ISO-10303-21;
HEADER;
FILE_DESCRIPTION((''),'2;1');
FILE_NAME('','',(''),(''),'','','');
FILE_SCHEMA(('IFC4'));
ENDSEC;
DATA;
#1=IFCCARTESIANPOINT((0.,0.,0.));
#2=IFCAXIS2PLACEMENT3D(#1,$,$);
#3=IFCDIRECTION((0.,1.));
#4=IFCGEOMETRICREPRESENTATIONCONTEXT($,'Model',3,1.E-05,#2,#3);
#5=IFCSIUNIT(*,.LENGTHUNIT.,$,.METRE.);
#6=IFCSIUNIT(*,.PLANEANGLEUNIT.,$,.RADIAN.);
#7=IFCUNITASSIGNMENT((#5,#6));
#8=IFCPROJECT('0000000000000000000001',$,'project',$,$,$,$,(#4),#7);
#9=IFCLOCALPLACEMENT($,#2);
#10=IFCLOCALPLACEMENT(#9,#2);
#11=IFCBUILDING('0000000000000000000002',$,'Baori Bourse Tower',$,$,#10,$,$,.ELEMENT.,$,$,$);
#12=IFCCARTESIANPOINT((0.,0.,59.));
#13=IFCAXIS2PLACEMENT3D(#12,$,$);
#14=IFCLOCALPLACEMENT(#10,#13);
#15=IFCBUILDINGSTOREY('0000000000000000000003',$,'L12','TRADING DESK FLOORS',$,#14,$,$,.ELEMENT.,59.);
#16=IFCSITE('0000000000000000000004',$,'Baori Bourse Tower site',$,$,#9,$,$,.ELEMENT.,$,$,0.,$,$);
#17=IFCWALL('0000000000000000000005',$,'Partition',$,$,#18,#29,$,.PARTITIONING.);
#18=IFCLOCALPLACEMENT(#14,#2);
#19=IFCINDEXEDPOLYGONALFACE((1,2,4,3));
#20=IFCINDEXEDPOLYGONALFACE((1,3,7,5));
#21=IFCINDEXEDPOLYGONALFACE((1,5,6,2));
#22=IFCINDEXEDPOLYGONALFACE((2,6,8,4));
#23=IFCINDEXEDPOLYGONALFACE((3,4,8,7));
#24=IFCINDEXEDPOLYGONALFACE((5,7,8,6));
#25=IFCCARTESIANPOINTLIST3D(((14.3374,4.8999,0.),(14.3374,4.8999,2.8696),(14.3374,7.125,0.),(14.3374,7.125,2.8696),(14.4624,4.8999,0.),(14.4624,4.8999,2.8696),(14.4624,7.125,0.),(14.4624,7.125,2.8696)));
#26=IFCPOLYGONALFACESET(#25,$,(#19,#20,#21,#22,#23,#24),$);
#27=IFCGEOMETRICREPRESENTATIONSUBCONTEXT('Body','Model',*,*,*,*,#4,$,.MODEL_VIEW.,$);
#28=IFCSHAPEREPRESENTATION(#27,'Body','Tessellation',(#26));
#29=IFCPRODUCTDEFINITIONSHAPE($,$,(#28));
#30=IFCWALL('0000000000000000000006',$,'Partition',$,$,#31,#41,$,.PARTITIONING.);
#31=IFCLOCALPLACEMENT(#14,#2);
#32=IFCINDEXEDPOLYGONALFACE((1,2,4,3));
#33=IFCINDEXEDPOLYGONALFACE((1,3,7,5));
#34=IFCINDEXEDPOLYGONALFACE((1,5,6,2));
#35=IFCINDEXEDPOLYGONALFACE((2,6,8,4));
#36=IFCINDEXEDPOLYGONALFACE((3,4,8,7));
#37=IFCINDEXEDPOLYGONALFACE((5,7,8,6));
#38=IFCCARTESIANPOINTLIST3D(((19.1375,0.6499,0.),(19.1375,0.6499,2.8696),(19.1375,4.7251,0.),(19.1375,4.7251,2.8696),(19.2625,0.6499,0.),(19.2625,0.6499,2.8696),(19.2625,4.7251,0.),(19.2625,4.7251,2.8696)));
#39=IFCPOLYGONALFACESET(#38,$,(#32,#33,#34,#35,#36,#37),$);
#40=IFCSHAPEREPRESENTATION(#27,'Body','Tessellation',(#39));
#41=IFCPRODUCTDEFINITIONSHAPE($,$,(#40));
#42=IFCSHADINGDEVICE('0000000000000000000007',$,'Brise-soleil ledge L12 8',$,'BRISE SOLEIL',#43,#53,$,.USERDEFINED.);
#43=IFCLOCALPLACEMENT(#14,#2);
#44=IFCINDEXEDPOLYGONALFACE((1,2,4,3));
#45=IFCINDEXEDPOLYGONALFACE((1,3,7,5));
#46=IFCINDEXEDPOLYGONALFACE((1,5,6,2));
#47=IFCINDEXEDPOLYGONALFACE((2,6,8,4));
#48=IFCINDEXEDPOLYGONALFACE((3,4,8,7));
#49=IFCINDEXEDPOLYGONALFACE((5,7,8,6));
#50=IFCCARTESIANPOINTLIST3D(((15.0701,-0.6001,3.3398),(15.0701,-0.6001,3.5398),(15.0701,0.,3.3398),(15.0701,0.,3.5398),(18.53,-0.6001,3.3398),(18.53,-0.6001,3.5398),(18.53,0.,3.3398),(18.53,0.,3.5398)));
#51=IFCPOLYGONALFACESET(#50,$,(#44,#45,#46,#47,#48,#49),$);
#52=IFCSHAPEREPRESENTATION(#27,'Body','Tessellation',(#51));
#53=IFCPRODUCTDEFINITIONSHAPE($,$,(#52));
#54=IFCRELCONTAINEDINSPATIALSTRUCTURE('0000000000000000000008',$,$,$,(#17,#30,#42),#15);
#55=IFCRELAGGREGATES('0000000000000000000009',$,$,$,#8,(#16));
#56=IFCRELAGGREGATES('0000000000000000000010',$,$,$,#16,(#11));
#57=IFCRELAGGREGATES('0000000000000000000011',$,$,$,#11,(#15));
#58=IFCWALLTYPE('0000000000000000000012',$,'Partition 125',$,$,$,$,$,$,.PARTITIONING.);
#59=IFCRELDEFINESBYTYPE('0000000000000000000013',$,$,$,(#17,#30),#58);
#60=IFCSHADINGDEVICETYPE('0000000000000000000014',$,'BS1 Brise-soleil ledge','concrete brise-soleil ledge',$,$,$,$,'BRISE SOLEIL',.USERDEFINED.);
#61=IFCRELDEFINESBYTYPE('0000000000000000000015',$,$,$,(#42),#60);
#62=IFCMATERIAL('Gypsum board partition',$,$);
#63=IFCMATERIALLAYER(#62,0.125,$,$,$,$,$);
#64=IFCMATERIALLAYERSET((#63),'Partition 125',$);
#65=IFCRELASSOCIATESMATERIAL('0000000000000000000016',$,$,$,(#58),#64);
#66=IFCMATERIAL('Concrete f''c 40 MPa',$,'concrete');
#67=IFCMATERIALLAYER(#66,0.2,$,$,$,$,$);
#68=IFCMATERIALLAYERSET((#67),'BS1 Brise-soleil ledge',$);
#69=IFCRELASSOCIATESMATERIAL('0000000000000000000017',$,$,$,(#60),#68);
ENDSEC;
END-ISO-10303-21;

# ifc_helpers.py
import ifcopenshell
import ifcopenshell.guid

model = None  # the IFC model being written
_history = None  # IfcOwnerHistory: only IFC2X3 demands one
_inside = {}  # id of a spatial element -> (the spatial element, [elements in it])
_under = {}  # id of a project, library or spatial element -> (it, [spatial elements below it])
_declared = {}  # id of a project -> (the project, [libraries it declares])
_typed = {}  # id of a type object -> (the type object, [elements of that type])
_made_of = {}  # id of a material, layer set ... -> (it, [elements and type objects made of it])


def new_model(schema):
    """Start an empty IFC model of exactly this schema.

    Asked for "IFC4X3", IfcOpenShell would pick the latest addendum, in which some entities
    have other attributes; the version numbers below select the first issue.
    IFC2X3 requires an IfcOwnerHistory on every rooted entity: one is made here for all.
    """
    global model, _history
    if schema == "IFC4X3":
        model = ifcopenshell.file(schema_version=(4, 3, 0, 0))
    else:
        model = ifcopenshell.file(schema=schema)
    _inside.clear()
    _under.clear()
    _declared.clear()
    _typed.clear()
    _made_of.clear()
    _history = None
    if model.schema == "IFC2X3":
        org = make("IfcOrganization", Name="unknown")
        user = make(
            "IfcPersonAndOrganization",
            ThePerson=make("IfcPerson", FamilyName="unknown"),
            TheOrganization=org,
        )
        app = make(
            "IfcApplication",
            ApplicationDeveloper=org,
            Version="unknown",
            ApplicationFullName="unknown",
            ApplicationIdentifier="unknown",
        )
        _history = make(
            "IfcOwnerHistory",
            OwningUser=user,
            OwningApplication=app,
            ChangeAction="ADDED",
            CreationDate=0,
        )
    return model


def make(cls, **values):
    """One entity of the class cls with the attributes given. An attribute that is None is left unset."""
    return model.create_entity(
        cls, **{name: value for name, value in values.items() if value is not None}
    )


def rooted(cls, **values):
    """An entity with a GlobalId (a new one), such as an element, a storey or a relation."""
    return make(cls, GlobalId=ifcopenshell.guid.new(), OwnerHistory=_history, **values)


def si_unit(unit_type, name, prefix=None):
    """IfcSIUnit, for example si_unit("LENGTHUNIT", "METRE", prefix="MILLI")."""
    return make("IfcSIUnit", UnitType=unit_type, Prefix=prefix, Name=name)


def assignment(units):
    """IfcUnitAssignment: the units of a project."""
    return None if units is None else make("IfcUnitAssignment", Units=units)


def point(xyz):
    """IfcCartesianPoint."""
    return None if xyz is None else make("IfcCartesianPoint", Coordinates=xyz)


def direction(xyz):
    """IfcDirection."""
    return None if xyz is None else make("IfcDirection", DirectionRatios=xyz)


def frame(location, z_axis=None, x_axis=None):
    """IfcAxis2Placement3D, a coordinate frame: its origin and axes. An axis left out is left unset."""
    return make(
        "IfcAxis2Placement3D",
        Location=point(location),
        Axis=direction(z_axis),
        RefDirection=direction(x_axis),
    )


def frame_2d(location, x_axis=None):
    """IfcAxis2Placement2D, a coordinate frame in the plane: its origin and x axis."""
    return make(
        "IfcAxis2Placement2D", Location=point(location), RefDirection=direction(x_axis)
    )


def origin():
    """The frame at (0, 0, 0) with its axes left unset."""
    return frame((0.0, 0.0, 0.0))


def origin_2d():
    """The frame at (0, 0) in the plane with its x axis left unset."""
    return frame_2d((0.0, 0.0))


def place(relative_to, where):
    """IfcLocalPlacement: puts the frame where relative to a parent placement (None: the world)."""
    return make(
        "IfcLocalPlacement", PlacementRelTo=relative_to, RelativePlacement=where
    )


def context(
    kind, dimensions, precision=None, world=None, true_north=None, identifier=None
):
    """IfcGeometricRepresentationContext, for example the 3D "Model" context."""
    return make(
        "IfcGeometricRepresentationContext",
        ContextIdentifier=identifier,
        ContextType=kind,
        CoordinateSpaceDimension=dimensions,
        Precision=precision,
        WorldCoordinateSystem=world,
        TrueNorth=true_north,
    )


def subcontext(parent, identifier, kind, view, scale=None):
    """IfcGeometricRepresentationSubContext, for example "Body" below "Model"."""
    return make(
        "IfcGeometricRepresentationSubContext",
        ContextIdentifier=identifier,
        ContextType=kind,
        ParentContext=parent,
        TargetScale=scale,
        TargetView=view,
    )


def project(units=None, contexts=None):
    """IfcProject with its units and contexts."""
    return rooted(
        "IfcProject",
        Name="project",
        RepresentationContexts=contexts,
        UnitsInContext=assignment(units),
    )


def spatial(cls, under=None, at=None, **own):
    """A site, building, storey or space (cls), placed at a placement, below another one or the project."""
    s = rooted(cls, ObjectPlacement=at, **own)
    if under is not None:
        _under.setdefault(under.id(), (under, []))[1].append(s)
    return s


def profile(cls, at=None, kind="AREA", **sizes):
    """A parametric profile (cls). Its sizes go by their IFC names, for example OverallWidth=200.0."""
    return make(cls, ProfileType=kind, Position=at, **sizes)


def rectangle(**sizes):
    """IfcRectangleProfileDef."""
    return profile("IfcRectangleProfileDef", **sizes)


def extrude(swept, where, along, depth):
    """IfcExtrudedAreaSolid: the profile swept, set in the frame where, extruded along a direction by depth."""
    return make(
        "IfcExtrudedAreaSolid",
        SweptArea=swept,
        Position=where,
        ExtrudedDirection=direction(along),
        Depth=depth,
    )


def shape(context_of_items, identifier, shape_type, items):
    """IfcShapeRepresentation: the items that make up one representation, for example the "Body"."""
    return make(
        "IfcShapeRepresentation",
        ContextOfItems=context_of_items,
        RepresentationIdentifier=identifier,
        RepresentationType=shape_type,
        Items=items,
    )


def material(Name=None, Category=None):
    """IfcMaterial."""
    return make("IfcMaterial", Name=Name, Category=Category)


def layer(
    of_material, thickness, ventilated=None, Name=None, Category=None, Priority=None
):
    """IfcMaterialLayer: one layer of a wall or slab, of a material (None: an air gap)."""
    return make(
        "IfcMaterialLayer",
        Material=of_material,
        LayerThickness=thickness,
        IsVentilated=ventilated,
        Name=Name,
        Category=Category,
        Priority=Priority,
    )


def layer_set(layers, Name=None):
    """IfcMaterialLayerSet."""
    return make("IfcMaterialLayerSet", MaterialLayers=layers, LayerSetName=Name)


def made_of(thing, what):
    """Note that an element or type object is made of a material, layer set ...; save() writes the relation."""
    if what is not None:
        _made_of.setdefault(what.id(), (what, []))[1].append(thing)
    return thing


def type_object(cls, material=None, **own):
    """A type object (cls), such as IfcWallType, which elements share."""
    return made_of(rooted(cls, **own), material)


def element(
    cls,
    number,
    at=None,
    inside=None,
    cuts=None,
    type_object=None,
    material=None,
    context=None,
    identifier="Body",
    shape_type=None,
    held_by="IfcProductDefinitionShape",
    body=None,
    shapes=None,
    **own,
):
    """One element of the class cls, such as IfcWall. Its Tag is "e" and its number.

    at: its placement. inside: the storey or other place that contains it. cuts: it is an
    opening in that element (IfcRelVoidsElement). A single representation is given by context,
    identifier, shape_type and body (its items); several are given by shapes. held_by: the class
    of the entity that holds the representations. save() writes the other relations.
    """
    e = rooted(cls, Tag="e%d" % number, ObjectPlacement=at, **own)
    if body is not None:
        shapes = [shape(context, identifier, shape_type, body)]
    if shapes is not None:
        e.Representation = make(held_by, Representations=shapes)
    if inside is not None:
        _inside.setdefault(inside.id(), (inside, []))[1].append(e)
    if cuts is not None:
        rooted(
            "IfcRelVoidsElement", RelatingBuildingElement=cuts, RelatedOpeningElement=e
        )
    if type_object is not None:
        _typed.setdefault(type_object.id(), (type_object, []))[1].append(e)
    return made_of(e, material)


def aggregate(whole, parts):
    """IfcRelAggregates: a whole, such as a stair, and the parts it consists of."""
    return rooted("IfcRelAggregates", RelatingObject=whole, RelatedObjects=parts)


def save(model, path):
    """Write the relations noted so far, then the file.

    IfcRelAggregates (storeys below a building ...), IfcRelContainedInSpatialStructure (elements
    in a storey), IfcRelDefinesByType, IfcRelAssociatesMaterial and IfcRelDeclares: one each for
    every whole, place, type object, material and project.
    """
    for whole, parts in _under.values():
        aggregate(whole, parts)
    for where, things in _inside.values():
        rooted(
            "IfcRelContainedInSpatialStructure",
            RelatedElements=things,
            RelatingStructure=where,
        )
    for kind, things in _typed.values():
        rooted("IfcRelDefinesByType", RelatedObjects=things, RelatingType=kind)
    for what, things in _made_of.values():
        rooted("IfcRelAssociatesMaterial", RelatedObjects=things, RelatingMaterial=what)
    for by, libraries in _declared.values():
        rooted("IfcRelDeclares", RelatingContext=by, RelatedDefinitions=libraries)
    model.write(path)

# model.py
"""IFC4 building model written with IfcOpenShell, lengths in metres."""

from ifc_helpers import new_model, si_unit, direction, frame, frame_2d, origin, origin_2d, place, context, subcontext, project, spatial, rectangle, extrude, material, layer, layer_set, type_object, element, save


model = new_model("IFC4")

# Units and contexts
model_context = context("Model", 3, precision=1e-05, world=origin(), true_north=direction((0.0, 1.0)))
body_context = subcontext(model_context, "Body", "Model", "MODEL_VIEW")
ifc_project = project(units=[si_unit("LENGTHUNIT", "METRE"), si_unit("PLANEANGLEUNIT", "RADIAN")], contexts=[model_context])

# Site, building, storey
site_placement = place(None, origin())
site = spatial("IfcSite", under=ifc_project, at=site_placement, Name="Baori Bourse Tower site", CompositionType="ELEMENT", RefElevation=0.0)
building_placement = place(site_placement, origin())
building = spatial("IfcBuilding", under=site, at=building_placement, Name="Baori Bourse Tower", CompositionType="ELEMENT")
storey_placement = place(building_placement, frame((0.0, 0.0, 59.0)))
storey = spatial("IfcBuildingStorey", under=building, at=storey_placement, Name="L12", Description="TRADING DESK FLOORS", CompositionType="ELEMENT", Elevation=59.0)

# Walls
ifc_material_1 = material(Name="Gypsum board partition")
ifc_layer_1 = layer(ifc_material_1, 0.125)
ifc_layer_set_1 = layer_set([ifc_layer_1], Name="Partition 125")
wall_type_1 = type_object("IfcWallType", Name="Partition 125", PredefinedType="PARTITIONING", material=ifc_layer_set_1)
wall_1_placement = place(storey_placement, frame((14.3999, 4.8999, 0.0), z_axis=(0.0, 0.0, 1.0), x_axis=(0.0, 1.0, 0.0)))
element("IfcWall", 1, at=wall_1_placement, inside=storey, type_object=wall_type_1, Name="Partition", PredefinedType="PARTITIONING", context=body_context, shape_type="SweptSolid", body=[
    extrude(rectangle(XDim=2.2251, YDim=0.125, at=frame_2d((1.1125, 0.0))), origin(), (0.0, 0.0, 1.0), 2.8696),
])
wall_2_placement = place(storey_placement, frame((19.2, 0.6499, 0.0), z_axis=(0.0, 0.0, 1.0), x_axis=(0.0, 1.0, 0.0)))
element("IfcWall", 2, at=wall_2_placement, inside=storey, type_object=wall_type_1, Name="Partition", PredefinedType="PARTITIONING", context=body_context, shape_type="SweptSolid", body=[
    extrude(rectangle(XDim=4.0752, YDim=0.125, at=frame_2d((2.0376, 0.0))), origin(), (0.0, 0.0, 1.0), 2.8696),
])

# Shading device
ifc_material_2 = material(Name="Concrete f'c 40 MPa", Category="concrete")
ifc_layer_2 = layer(ifc_material_2, 0.2)
ifc_layer_set_2 = layer_set([ifc_layer_2], Name="BS1 Brise-soleil ledge")
shading_device_type = type_object("IfcShadingDeviceType", Name="BS1 Brise-soleil ledge", Description="concrete brise-soleil ledge", ElementType="BRISE SOLEIL", PredefinedType="USERDEFINED", material=ifc_layer_set_2)
shading_device_placement = place(storey_placement, frame((16.8, -0.3, 3.3398), z_axis=(0.0, 0.0, 1.0), x_axis=(1.0, 0.0, 0.0)))
element("IfcShadingDevice", 3, at=shading_device_placement, inside=storey, type_object=shading_device_type, Name="Brise-soleil ledge L12 8", ObjectType="BRISE SOLEIL", PredefinedType="USERDEFINED", context=body_context, shape_type="SweptSolid", body=[
    extrude(rectangle(XDim=3.46, YDim=0.6001, at=origin_2d()), origin(), (0.0, 0.0, 1.0), 0.2),
])

save(model, "model.ifc")
